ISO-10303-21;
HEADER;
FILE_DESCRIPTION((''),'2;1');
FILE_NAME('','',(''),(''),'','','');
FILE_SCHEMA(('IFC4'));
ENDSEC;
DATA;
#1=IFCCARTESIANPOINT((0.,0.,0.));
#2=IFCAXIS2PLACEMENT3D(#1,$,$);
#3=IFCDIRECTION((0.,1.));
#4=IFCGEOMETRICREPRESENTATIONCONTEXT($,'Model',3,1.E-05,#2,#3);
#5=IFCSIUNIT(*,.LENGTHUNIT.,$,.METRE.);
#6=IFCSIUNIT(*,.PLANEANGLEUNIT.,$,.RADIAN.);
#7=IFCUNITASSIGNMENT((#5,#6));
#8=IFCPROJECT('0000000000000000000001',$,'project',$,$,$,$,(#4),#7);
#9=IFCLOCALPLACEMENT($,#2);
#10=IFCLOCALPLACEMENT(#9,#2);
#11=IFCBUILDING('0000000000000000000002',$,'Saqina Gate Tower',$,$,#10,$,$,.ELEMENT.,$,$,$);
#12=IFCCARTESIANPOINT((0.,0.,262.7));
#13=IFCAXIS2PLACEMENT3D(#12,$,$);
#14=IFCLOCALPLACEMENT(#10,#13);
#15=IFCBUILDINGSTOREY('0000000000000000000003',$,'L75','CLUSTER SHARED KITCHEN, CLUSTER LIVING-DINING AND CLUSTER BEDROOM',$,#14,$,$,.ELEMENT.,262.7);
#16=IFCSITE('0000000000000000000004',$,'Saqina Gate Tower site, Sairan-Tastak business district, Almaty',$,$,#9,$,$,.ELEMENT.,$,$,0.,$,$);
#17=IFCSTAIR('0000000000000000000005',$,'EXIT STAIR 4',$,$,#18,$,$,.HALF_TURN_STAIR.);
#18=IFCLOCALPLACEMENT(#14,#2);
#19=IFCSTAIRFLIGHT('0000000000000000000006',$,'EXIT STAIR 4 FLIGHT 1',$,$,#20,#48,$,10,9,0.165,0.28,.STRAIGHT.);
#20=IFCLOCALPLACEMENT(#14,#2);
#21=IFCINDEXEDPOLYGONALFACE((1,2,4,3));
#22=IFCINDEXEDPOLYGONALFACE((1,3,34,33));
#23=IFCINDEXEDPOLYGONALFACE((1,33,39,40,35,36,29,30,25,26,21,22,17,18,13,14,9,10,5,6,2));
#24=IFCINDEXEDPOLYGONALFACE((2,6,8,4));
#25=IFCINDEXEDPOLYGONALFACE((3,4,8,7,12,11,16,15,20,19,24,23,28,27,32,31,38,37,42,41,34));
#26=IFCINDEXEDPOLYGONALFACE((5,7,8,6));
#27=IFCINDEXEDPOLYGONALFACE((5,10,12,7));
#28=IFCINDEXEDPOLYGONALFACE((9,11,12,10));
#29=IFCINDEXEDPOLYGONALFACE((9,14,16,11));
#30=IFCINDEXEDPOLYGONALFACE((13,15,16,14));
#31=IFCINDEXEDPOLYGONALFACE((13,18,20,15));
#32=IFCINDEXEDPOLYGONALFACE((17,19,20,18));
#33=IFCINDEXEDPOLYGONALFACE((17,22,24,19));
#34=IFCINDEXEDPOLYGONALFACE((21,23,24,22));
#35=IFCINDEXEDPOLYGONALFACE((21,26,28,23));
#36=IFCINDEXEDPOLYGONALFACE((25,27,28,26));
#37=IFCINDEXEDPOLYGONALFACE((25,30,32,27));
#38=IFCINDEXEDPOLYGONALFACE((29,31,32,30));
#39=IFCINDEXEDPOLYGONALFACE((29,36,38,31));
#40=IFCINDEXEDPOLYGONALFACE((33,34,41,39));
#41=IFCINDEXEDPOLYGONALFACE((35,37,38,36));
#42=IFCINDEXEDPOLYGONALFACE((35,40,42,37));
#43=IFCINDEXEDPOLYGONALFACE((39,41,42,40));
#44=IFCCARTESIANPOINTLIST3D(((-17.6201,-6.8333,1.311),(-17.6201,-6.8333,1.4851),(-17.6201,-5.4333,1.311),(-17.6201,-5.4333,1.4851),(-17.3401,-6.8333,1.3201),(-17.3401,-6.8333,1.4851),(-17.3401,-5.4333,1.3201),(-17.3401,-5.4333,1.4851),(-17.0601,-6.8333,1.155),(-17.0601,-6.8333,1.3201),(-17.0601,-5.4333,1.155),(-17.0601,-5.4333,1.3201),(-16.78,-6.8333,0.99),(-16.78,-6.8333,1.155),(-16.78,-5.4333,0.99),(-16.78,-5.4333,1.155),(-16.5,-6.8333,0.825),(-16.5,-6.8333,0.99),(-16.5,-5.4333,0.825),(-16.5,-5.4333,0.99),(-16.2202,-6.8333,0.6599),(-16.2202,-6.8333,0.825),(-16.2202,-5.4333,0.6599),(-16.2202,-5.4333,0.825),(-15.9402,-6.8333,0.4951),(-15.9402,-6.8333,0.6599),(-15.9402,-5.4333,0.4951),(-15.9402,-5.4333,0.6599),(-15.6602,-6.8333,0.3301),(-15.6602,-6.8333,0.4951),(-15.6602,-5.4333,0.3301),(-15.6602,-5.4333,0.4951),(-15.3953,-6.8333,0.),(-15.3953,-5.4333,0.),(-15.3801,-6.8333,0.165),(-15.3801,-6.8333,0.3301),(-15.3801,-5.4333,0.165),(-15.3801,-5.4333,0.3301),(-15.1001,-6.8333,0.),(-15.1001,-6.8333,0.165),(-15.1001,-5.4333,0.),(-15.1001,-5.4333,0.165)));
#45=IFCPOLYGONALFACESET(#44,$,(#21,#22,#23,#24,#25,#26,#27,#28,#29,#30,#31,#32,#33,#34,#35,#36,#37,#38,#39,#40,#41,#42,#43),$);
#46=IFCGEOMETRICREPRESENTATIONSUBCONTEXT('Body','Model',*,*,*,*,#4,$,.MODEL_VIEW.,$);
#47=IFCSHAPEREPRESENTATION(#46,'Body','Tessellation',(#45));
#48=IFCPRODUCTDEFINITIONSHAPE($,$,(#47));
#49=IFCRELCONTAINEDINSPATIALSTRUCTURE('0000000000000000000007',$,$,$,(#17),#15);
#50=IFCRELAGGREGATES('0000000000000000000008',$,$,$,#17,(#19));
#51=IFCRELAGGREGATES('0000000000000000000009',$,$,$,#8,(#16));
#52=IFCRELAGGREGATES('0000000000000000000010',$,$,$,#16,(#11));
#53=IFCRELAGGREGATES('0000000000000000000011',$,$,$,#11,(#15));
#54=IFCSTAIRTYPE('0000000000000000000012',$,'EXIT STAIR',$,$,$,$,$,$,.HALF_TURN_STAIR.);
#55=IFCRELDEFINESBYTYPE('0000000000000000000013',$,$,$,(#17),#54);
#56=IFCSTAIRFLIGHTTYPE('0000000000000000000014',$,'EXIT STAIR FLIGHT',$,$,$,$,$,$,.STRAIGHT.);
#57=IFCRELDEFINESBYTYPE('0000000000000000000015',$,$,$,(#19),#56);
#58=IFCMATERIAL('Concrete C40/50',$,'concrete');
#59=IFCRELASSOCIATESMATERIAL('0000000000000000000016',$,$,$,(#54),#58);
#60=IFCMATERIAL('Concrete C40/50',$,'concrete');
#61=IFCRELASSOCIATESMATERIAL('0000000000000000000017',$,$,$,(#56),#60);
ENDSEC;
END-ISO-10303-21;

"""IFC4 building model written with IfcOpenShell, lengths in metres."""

from ifc_helpers import new_model, si_unit, direction, frame, origin, place, context, subcontext, project, spatial, polyline, outline, extrude, material, type_object, element, aggregate, save


model = new_model("IFC4")

# Units and contexts
model_context = context("Model", 3, precision=1e-05, world=origin(), true_north=direction((0.0, 1.0)))
body_context = subcontext(model_context, "Body", "Model", "MODEL_VIEW")
ifc_project = project(units=[si_unit("LENGTHUNIT", "METRE"), si_unit("PLANEANGLEUNIT", "RADIAN")], contexts=[model_context])

# Site, building, storey
site_placement = place(None, origin())
site = spatial("IfcSite", under=ifc_project, at=site_placement, Name="Saqina Gate Tower site, Sairan-Tastak business district, Almaty", CompositionType="ELEMENT", RefElevation=0.0)
building_placement = place(site_placement, origin())
building = spatial("IfcBuilding", under=site, at=building_placement, Name="Saqina Gate Tower", CompositionType="ELEMENT")
storey_placement = place(building_placement, frame((0.0, 0.0, 262.7)))
storey = spatial("IfcBuildingStorey", under=building, at=storey_placement, Name="L75", Description="CLUSTER SHARED KITCHEN, CLUSTER LIVING-DINING AND CLUSTER BEDROOM", CompositionType="ELEMENT", Elevation=262.7)

# Shared definitions
ifc_material_1 = material(Name="Concrete C40/50", Category="concrete")
stair_type = type_object("IfcStairType", Name="EXIT STAIR", PredefinedType="HALF_TURN_STAIR", material=ifc_material_1)
ifc_material_2 = material(Name="Concrete C40/50", Category="concrete")
stair_flight_type = type_object("IfcStairFlightType", Name="EXIT STAIR FLIGHT", PredefinedType="STRAIGHT", material=ifc_material_2)

# Stair, stair flight
stair_1_placement = place(storey_placement, origin())
stair_1 = element("IfcStair", 1, at=stair_1_placement, inside=storey, type_object=stair_type, Name="EXIT STAIR 4", PredefinedType="HALF_TURN_STAIR")
stair_flight_1_placement = place(storey_placement, frame((-15.1001, -6.1333, 0.0), z_axis=(0.0, 0.0, 1.0), x_axis=(-1.0, 0.0, 0.0)))
stair_flight_1 = element("IfcStairFlight", 2, at=stair_flight_1_placement, type_object=stair_flight_type, Name="EXIT STAIR 4 FLIGHT 1", NumberOfRisers=10, NumberOfTreads=9, PredefinedType="STRAIGHT", RiserHeight=0.165, TreadLength=0.28, context=body_context, shape_type="SweptSolid", body=[
    extrude(outline(polyline([(0.0, 0.0), (0.0, 0.165), (0.28, 0.165), (0.28, 0.3301), (0.5601, 0.3301), (0.5601, 0.4951), (0.8401, 0.4951), (0.8401, 0.6599), (1.1201, 0.6599), (1.1201, 0.825), (1.3999, 0.825), (1.3999, 0.99), (1.6799, 0.99), (1.6799, 1.155), (1.96, 1.155), (1.96, 1.3201), (2.24, 1.3201), (2.24, 1.4851), (2.52, 1.4851), (2.52, 1.6499), (2.52, 1.311), (0.2952, 0.0), (0.0, 0.0)])), frame((0.0, 0.7, 0.0), z_axis=(0.0, -1.0, 0.0), x_axis=(1.0, 0.0, 0.0)), (0.0, 0.0, 1.0), 1.3999),
])
aggregate(stair_1, [stair_flight_1])

save(model, "model.ifc")
